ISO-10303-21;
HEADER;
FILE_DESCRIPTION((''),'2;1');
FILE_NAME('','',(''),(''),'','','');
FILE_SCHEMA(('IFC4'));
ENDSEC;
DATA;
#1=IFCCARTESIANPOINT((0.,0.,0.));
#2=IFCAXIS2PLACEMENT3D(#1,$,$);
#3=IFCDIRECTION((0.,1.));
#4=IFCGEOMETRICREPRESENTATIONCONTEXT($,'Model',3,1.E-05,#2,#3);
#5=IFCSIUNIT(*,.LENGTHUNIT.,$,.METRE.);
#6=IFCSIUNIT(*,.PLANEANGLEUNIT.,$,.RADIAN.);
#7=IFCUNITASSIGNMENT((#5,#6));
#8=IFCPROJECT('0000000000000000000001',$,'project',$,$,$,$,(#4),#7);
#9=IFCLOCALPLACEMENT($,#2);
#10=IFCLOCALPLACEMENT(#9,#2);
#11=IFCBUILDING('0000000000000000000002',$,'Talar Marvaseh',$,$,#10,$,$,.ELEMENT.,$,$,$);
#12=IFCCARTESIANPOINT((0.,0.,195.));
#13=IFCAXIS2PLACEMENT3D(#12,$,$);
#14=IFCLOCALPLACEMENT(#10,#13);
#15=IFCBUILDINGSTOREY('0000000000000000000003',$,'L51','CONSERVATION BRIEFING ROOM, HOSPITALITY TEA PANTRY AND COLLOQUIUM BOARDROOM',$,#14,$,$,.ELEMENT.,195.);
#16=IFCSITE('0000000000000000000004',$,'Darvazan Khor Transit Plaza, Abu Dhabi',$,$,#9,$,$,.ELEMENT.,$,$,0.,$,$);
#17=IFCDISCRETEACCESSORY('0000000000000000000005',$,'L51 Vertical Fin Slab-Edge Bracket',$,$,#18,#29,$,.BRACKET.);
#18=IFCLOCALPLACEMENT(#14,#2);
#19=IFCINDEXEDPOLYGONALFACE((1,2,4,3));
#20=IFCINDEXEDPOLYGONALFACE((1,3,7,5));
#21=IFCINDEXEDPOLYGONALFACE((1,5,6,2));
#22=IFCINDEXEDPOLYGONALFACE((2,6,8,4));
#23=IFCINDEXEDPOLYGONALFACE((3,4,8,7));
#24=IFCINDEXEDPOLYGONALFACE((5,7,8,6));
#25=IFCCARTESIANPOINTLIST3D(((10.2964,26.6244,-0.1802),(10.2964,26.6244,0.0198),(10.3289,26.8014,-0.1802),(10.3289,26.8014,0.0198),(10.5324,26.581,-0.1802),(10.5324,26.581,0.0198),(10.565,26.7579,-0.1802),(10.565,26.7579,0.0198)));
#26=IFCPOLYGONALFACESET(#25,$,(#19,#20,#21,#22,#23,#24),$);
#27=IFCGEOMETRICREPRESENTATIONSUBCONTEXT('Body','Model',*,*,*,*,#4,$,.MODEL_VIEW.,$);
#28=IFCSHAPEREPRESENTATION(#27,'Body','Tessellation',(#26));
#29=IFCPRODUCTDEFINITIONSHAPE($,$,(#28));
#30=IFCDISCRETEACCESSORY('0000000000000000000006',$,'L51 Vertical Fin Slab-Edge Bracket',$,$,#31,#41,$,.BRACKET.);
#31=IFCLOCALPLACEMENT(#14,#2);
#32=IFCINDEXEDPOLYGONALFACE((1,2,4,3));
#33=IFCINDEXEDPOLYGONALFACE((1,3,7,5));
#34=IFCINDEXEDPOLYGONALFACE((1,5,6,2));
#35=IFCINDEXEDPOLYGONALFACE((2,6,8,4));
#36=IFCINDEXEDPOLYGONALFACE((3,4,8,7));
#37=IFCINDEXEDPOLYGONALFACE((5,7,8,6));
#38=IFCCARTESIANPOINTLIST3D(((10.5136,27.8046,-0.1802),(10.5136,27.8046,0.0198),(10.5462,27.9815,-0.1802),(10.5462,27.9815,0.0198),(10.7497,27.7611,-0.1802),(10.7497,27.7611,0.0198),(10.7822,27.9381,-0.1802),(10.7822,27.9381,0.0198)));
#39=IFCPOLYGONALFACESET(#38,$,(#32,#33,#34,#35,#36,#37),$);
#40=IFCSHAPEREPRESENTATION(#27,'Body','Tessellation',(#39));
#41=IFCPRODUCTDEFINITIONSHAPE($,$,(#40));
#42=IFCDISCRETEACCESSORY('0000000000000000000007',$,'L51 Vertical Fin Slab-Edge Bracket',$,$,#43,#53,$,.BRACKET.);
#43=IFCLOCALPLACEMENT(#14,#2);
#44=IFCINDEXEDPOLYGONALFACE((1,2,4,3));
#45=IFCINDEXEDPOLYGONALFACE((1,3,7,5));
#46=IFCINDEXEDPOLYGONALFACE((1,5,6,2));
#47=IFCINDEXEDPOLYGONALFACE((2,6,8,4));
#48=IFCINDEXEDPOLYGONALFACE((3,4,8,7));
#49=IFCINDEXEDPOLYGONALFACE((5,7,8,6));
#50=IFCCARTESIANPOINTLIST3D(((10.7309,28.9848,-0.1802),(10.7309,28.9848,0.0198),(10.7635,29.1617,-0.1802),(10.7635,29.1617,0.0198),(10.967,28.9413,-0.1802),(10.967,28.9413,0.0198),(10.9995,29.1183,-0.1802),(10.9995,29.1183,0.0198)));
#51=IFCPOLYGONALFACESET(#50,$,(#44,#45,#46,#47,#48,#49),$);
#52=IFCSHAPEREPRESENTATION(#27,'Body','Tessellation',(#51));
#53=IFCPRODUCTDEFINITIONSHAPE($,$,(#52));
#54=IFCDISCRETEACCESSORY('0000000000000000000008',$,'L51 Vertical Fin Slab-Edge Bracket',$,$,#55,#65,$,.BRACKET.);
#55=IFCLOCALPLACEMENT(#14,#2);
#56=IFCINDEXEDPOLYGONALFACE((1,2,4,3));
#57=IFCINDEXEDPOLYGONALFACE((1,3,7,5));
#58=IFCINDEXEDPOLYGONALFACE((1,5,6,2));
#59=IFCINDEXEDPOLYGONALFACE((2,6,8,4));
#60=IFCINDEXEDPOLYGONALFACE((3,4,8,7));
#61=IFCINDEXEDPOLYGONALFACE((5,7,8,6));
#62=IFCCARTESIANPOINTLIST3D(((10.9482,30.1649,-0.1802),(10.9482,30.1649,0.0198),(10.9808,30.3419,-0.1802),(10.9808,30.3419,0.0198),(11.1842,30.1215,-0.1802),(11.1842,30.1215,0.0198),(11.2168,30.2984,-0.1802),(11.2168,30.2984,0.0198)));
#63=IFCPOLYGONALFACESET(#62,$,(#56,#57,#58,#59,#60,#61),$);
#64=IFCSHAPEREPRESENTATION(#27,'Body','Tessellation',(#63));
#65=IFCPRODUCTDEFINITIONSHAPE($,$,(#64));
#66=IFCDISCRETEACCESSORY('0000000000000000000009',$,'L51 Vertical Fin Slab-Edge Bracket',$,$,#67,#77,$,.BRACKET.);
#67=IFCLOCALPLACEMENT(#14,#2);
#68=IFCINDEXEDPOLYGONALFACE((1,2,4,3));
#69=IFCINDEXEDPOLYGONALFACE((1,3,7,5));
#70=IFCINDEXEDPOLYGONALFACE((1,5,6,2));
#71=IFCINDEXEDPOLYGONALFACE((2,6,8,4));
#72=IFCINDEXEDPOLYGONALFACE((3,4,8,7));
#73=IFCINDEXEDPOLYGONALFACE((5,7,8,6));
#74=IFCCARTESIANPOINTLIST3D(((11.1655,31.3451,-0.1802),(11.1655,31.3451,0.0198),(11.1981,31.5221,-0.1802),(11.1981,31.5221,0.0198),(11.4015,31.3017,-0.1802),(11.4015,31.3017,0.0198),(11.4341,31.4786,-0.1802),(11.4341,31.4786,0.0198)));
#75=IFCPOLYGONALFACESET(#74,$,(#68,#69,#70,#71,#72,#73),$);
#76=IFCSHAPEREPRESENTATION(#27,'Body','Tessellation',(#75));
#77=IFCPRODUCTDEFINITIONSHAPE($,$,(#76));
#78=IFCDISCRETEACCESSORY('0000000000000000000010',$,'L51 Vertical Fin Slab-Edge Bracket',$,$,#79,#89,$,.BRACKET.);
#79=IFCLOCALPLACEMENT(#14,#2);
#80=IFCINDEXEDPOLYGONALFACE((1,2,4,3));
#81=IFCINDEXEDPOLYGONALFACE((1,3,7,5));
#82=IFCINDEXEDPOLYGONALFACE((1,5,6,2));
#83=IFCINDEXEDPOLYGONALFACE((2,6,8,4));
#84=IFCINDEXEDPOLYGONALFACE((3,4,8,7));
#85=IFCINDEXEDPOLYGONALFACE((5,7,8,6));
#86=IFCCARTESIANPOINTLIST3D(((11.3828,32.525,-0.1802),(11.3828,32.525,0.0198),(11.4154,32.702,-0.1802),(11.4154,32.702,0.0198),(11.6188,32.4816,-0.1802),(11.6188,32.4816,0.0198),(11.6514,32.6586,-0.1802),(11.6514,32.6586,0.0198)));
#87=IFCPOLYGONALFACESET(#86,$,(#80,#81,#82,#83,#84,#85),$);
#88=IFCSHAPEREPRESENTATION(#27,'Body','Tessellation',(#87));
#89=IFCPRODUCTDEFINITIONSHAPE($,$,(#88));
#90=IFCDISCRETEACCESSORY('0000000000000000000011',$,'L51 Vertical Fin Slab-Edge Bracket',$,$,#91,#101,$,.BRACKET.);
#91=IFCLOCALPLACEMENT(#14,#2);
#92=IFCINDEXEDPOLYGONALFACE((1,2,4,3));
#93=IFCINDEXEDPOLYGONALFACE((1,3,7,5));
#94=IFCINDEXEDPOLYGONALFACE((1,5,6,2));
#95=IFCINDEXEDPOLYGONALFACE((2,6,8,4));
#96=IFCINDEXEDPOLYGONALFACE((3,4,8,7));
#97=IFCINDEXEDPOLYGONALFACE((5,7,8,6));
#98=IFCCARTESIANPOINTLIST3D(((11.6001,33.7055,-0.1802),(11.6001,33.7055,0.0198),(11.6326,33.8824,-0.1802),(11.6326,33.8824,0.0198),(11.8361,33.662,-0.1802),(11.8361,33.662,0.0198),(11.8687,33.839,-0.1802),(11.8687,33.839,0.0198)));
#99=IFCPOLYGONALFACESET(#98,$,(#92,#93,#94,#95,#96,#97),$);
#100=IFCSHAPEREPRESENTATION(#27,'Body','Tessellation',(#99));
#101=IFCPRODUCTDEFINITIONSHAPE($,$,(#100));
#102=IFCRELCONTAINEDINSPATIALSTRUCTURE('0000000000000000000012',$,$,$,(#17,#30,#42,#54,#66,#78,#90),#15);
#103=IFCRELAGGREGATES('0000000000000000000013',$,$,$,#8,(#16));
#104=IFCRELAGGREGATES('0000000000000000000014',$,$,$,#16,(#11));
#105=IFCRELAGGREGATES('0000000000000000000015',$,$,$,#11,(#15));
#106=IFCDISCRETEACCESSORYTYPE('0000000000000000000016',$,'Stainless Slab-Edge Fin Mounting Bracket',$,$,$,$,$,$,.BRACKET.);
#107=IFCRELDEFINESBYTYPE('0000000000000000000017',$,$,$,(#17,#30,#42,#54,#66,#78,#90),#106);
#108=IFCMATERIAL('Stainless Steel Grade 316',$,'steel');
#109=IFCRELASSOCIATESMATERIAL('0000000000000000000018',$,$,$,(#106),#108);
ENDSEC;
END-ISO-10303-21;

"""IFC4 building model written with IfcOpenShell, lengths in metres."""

from ifc_helpers import new_model, si_unit, direction, frame, origin, origin_2d, place, context, subcontext, project, spatial, rectangle, extrude, source, transform, mapped, material, type_object, type_shapes, element, save


model = new_model("IFC4")

# Units and contexts
model_context = context("Model", 3, precision=1e-05, world=origin(), true_north=direction((0.0, 1.0)))
body_context = subcontext(model_context, "Body", "Model", "MODEL_VIEW")
ifc_project = project(units=[si_unit("LENGTHUNIT", "METRE"), si_unit("PLANEANGLEUNIT", "RADIAN")], contexts=[model_context])

# Site, building, storey
site_placement = place(None, origin())
site = spatial("IfcSite", under=ifc_project, at=site_placement, Name="Darvazan Khor Transit Plaza, Abu Dhabi", CompositionType="ELEMENT", RefElevation=0.0)
building_placement = place(site_placement, origin())
building = spatial("IfcBuilding", under=site, at=building_placement, Name="Talar Marvaseh", CompositionType="ELEMENT")
storey_placement = place(building_placement, frame((0.0, 0.0, 195.0)))
storey = spatial("IfcBuildingStorey", under=building, at=storey_placement, Name="L51", Description="CONSERVATION BRIEFING ROOM, HOSPITALITY TEA PANTRY AND COLLOQUIUM BOARDROOM", CompositionType="ELEMENT", Elevation=195.0)

# Shared definitions
ifc_material_1 = material(Name="Stainless Steel Grade 316", Category="steel")

# Discrete accessories
discrete_accessory_type = type_object("IfcDiscreteAccessoryType", Name="Stainless Slab-Edge Fin Mounting Bracket", PredefinedType="BRACKET", material=ifc_material_1)
shared_shape_1 = source(origin(), body_context, "Body", "SweptSolid", [
    extrude(rectangle(XDim=0.24, YDim=0.1799, at=origin_2d()), origin(), (0.0, 0.0, 1.0), 0.2),
])
type_shapes(discrete_accessory_type, [shared_shape_1])
for number, where, z_axis, x_axis, name in (
    (1, (10.4307, 26.6912, -0.1802), (0.0, 0.0, 1.0), (-0.983477, 0.181034, 0.0), "L51 Vertical Fin Slab-Edge Bracket"),
    (2, (10.6479, 27.8713, -0.1802), (0.0, 0.0, 1.0), (-0.983477, 0.181034, 0.0), "L51 Vertical Fin Slab-Edge Bracket"),
    (3, (10.8652, 29.0515, -0.1802), (0.0, 0.0, 1.0), (-0.983477, 0.181034, 0.0), "L51 Vertical Fin Slab-Edge Bracket"),
    (4, (11.0825, 30.2317, -0.1802), (0.0, 0.0, 1.0), (-0.983477, 0.181034, 0.0), "L51 Vertical Fin Slab-Edge Bracket"),
    (5, (11.2998, 31.4119, -0.1802), (0.0, 0.0, 1.0), (-0.983477, 0.181034, 0.0), "L51 Vertical Fin Slab-Edge Bracket"),
    (6, (11.5171, 32.5918, -0.1802), (0.0, 0.0, 1.0), (-0.983477, 0.181034, 0.0), "L51 Vertical Fin Slab-Edge Bracket"),
    (7, (11.7344, 33.7722, -0.1802), (0.0, 0.0, 1.0), (-0.983477, 0.181034, 0.0), "L51 Vertical Fin Slab-Edge Bracket"),
):
    element("IfcDiscreteAccessory", number, at=place(storey_placement, frame(where, z_axis=z_axis, x_axis=x_axis)), inside=storey, type_object=discrete_accessory_type, Name=name, PredefinedType="BRACKET", context=body_context, shape_type="MappedRepresentation", body=[
        mapped(shared_shape_1, transform((0.0, 0.0, 0.0), x_axis=(1.0, 0.0, 0.0), y_axis=(0.0, 1.0, 0.0), z_axis=(0.0, 0.0, 1.0), scale=1.0)),
    ])

save(model, "model.ifc")
